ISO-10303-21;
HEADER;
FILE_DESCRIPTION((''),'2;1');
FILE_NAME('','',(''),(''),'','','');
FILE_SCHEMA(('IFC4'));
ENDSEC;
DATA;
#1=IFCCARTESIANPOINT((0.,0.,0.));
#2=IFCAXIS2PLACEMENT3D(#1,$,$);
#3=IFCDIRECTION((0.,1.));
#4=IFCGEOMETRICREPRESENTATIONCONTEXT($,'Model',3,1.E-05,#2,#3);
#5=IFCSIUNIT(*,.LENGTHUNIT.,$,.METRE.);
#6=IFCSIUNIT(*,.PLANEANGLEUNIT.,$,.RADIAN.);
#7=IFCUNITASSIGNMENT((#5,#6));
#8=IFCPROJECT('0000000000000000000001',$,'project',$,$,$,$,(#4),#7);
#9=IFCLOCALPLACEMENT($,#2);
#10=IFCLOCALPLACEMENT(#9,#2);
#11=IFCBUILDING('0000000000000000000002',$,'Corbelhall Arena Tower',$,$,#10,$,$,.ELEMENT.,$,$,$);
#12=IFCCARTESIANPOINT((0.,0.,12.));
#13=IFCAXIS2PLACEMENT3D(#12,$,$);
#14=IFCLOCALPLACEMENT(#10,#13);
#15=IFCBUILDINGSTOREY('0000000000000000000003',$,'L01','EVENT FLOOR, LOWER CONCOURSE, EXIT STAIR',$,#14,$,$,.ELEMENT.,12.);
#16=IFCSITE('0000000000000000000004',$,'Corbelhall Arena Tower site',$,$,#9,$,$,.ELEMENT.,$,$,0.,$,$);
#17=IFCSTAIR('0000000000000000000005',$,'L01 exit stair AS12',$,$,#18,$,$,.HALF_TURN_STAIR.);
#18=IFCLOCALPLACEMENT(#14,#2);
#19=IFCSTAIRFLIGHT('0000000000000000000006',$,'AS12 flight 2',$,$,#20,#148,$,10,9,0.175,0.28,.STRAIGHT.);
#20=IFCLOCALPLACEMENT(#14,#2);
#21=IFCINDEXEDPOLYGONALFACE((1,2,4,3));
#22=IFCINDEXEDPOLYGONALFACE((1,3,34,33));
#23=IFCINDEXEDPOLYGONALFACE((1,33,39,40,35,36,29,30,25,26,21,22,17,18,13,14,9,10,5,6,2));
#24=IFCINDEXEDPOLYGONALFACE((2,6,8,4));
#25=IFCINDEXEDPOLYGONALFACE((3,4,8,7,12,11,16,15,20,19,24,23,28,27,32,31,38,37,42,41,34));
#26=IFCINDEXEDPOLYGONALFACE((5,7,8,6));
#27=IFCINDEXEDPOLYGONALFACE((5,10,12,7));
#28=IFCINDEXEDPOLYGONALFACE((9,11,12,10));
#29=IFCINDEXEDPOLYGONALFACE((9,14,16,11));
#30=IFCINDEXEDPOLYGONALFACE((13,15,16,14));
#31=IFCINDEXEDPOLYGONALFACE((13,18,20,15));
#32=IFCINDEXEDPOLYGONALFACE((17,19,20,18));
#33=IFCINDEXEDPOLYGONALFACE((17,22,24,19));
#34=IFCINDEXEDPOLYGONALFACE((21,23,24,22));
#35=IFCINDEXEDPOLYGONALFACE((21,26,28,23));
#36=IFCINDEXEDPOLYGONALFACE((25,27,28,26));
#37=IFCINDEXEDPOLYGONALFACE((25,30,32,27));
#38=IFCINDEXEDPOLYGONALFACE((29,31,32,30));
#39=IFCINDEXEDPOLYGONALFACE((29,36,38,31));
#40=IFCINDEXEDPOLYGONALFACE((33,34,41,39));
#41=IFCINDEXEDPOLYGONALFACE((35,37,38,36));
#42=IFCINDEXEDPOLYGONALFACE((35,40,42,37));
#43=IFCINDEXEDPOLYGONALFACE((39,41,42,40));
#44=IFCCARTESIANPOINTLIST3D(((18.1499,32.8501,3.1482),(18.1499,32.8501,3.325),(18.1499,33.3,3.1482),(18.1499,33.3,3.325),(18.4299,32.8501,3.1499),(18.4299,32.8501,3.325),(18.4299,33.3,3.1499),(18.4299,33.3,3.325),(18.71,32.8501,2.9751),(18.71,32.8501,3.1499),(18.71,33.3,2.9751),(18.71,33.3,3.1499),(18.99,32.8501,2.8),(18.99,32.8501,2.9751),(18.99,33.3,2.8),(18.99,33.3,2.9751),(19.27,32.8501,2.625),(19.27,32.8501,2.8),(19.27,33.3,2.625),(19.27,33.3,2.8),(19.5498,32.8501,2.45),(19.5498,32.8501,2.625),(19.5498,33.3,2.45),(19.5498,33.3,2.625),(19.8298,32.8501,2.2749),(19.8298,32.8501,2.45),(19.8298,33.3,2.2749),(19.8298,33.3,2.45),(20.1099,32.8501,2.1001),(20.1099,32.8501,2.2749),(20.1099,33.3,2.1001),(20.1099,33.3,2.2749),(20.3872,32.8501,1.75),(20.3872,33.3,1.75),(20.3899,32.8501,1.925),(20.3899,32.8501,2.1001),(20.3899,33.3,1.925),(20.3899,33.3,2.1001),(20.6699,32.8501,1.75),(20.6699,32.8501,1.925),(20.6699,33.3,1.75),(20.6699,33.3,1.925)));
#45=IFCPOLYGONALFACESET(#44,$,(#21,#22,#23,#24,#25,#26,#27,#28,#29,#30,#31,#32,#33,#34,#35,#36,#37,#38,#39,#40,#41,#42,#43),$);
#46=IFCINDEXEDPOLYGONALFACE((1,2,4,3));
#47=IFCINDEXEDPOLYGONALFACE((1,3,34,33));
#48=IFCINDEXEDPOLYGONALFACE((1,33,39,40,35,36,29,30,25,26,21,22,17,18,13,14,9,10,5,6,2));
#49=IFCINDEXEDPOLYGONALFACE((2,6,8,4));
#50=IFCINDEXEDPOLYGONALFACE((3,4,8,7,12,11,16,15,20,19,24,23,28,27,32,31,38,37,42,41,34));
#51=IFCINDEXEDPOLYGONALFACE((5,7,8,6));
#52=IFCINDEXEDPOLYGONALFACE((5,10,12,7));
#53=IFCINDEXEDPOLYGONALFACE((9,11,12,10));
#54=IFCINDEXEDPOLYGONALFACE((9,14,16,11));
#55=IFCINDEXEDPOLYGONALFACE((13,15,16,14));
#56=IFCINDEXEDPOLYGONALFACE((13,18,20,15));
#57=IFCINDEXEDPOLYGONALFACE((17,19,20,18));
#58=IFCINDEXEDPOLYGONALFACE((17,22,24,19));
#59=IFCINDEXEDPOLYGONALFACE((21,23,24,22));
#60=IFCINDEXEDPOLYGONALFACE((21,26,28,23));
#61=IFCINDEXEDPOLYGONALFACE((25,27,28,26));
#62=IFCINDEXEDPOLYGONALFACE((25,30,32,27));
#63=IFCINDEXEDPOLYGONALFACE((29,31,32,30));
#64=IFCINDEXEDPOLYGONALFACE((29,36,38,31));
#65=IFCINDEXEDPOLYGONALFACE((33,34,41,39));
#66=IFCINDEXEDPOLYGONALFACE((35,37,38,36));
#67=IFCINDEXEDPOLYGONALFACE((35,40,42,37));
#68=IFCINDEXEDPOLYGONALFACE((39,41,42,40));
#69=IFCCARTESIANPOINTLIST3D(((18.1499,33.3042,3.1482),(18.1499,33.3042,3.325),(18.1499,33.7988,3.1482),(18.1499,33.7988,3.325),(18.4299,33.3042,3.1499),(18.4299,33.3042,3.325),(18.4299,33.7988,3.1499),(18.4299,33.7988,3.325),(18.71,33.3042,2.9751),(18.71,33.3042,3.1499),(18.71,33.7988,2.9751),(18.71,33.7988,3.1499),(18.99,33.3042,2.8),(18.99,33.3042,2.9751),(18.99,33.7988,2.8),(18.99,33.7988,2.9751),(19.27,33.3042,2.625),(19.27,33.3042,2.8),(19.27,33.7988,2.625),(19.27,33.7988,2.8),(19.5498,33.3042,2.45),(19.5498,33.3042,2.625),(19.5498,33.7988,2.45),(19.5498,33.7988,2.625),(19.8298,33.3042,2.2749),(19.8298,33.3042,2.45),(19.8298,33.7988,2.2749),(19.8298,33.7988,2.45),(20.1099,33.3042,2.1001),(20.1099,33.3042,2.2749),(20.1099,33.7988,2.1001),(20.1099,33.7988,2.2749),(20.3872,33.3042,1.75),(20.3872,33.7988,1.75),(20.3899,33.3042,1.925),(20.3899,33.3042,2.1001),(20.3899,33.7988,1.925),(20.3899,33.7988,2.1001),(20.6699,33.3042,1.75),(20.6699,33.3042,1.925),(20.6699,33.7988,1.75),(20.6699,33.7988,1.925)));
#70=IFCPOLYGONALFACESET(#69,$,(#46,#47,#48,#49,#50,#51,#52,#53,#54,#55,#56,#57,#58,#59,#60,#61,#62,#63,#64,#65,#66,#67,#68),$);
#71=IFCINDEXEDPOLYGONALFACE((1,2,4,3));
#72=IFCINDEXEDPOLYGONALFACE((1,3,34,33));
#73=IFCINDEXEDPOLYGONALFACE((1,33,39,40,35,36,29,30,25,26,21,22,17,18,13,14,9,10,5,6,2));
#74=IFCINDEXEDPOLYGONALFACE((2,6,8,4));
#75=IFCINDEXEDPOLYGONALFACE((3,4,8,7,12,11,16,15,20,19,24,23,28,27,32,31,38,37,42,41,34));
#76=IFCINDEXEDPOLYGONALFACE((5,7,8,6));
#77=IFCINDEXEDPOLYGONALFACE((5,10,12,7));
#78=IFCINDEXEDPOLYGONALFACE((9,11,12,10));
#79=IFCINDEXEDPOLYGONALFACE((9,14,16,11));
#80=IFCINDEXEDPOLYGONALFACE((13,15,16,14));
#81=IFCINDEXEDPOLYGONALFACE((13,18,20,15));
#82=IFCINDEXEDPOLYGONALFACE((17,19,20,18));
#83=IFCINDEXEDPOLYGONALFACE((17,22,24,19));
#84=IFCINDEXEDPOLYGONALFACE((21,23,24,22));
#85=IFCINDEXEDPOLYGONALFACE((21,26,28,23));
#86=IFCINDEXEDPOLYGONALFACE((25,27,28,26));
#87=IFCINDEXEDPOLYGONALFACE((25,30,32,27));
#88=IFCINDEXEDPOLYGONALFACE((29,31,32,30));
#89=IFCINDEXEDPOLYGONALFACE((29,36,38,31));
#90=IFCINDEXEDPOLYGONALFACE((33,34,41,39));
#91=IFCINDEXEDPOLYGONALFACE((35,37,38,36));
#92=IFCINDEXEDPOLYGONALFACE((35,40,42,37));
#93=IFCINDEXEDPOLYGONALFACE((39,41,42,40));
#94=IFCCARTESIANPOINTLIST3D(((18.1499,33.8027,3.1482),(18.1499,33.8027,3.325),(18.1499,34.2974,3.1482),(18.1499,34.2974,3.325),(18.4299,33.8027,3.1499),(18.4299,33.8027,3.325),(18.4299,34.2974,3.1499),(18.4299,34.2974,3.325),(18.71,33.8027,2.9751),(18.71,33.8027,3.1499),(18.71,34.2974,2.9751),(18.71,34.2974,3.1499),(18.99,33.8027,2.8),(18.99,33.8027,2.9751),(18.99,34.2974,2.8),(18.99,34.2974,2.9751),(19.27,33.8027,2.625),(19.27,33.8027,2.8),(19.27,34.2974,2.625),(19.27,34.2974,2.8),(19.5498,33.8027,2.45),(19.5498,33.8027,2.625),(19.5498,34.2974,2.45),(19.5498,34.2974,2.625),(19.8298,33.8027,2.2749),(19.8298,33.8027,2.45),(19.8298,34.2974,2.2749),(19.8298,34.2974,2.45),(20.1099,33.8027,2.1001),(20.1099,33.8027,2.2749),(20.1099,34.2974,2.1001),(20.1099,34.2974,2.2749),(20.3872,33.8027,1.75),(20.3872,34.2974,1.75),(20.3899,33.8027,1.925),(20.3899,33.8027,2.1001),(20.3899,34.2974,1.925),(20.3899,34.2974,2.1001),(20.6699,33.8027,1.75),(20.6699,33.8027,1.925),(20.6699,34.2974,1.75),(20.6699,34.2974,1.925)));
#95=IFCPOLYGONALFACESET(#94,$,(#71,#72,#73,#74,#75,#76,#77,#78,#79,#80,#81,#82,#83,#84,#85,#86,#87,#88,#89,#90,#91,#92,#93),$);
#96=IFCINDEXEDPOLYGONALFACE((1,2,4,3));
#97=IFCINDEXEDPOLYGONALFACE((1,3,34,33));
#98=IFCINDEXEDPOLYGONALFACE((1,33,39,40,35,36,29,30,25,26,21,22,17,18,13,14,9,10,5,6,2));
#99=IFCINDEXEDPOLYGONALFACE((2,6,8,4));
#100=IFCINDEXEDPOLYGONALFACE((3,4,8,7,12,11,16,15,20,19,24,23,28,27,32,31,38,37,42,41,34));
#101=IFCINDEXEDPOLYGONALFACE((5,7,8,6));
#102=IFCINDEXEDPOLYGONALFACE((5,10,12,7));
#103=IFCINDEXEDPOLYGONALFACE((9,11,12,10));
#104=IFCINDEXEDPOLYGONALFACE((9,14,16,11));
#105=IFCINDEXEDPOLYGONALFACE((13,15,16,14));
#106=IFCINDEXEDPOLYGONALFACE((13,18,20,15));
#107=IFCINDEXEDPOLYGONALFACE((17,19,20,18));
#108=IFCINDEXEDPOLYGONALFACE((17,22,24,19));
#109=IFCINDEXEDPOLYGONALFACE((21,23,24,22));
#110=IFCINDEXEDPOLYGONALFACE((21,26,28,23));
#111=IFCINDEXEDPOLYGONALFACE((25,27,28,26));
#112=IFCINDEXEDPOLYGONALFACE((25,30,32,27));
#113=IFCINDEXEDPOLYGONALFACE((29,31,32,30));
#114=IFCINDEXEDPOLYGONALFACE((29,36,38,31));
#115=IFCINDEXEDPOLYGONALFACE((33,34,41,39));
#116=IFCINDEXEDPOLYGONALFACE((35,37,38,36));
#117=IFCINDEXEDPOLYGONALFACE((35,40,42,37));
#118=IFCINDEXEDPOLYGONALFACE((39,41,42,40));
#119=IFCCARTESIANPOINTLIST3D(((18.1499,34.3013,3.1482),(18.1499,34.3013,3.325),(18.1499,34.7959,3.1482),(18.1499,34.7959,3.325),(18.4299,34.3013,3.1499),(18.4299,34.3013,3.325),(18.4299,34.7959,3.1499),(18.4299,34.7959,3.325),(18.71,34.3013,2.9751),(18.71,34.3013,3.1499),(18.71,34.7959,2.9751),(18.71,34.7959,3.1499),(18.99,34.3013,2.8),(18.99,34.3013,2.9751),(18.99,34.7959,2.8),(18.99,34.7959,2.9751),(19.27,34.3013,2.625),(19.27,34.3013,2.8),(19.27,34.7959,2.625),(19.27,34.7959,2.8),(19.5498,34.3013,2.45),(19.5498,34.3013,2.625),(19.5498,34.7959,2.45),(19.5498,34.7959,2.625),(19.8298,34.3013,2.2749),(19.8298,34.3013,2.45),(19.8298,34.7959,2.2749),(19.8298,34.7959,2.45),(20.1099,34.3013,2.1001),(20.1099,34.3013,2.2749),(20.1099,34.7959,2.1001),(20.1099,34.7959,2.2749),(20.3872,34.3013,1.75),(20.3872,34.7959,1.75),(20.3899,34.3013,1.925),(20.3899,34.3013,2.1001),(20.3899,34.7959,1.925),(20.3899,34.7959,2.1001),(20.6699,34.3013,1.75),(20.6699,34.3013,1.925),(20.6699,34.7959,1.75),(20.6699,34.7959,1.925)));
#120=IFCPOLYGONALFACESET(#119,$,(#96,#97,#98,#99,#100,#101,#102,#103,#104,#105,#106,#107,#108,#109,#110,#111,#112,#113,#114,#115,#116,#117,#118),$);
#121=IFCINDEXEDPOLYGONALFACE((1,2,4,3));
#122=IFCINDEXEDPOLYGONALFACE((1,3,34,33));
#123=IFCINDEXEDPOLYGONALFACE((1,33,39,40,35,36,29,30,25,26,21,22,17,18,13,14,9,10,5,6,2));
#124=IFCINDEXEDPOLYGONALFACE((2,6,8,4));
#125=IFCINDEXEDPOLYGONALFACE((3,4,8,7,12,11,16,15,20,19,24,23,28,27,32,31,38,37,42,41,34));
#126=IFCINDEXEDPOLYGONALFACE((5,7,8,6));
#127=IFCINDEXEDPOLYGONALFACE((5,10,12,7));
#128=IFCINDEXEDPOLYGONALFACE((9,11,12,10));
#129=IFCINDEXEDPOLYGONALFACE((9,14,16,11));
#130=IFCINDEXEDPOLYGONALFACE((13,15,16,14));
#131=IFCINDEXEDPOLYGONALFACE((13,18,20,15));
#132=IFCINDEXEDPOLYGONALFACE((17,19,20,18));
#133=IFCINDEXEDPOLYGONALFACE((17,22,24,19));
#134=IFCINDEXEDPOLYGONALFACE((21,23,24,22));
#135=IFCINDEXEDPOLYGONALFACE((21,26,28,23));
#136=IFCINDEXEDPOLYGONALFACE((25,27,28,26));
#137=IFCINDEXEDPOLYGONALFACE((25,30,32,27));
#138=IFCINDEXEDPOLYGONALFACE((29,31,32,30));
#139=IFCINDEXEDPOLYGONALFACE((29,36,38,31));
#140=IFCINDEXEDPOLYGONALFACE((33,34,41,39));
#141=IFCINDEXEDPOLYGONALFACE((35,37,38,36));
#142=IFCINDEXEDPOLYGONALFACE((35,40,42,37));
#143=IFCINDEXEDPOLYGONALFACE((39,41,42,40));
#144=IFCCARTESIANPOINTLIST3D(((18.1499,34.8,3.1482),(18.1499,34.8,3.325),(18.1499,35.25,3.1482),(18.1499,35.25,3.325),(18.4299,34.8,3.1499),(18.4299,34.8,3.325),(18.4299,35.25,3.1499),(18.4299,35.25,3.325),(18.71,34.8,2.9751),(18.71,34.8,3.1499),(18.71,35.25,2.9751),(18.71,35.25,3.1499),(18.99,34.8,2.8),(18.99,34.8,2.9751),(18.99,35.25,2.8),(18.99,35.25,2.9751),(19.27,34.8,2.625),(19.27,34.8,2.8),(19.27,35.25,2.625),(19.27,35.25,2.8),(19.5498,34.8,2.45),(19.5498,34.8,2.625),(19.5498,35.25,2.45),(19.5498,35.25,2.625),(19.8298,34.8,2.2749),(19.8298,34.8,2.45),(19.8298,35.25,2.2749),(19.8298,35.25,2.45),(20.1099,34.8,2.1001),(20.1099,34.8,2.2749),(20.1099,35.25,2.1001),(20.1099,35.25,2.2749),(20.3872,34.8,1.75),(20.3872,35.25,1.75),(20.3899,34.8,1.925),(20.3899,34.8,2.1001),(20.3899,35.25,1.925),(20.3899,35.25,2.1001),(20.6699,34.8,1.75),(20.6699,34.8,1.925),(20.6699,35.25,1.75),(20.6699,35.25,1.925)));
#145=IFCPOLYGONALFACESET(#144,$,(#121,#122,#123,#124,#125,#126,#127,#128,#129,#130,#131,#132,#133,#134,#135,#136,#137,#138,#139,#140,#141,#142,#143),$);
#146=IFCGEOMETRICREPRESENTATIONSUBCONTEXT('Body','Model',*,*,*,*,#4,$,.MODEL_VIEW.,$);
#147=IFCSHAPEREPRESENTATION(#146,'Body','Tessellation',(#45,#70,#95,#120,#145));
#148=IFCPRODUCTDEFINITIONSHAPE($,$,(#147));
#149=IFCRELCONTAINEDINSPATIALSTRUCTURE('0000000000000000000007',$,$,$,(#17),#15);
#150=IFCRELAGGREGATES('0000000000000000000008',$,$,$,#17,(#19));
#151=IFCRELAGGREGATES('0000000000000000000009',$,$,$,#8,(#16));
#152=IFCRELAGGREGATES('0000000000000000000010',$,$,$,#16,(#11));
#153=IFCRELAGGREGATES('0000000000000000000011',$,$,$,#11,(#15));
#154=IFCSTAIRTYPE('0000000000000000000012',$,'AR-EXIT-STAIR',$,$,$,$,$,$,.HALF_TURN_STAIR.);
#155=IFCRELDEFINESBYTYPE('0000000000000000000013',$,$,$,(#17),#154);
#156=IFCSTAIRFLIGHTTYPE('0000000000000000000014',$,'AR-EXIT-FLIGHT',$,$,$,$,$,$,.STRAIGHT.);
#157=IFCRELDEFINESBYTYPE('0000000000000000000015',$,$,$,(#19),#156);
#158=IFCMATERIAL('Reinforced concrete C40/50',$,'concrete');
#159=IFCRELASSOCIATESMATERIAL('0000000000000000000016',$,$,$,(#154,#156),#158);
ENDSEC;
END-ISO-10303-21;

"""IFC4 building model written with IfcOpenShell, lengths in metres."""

from ifc_helpers import new_model, si_unit, direction, frame, origin, place, context, subcontext, project, spatial, polyline, outline, extrude, material, type_object, element, aggregate, save


model = new_model("IFC4")

# Units and contexts
model_context = context("Model", 3, precision=1e-05, world=origin(), true_north=direction((0.0, 1.0)))
body_context = subcontext(model_context, "Body", "Model", "MODEL_VIEW")
ifc_project = project(units=[si_unit("LENGTHUNIT", "METRE"), si_unit("PLANEANGLEUNIT", "RADIAN")], contexts=[model_context])

# Site, building, storey
site_placement = place(None, origin())
site = spatial("IfcSite", under=ifc_project, at=site_placement, Name="Corbelhall Arena Tower site", CompositionType="ELEMENT", RefElevation=0.0)
building_placement = place(site_placement, origin())
building = spatial("IfcBuilding", under=site, at=building_placement, Name="Corbelhall Arena Tower", CompositionType="ELEMENT")
storey_placement = place(building_placement, frame((0.0, 0.0, 12.0)))
storey = spatial("IfcBuildingStorey", under=building, at=storey_placement, Name="L01", Description="EVENT FLOOR, LOWER CONCOURSE, EXIT STAIR", CompositionType="ELEMENT", Elevation=12.0)

# Stair, stair flight
ifc_material_1 = material(Name="Reinforced concrete C40/50", Category="concrete")
stair_type = type_object("IfcStairType", Name="AR-EXIT-STAIR", PredefinedType="HALF_TURN_STAIR", material=ifc_material_1)
stair_placement = place(storey_placement, origin())
stair = element("IfcStair", 1, at=stair_placement, inside=storey, type_object=stair_type, Name="L01 exit stair AS12", PredefinedType="HALF_TURN_STAIR")
stair_flight_type = type_object("IfcStairFlightType", Name="AR-EXIT-FLIGHT", PredefinedType="STRAIGHT", material=ifc_material_1)
stair_flight_1_placement = place(storey_placement, frame((20.6699, 34.05, 1.75), z_axis=(0.0, 0.0, 1.0), x_axis=(-1.0, 0.0, 0.0)))
stair_flight_1 = element("IfcStairFlight", 2, at=stair_flight_1_placement, type_object=stair_flight_type, Name="AS12 flight 2", NumberOfRisers=10, NumberOfTreads=9, PredefinedType="STRAIGHT", RiserHeight=0.175, TreadLength=0.28, context=body_context, shape_type="SweptSolid", body=[
    extrude(outline(polyline([(0.0, 0.0), (0.0, 0.175), (0.28, 0.175), (0.28, 0.3501), (0.5601, 0.3501), (0.5601, 0.5249), (0.8401, 0.5249), (0.8401, 0.7), (1.1201, 0.7), (1.1201, 0.875), (1.3999, 0.875), (1.3999, 1.05), (1.6799, 1.05), (1.6799, 1.2251), (1.96, 1.2251), (1.96, 1.3999), (2.24, 1.3999), (2.24, 1.575), (2.52, 1.575), (2.52, 1.75), (2.52, 1.3982), (0.2827, 0.0), (0.0, 0.0)])), frame((0.0, 1.2, 0.0), z_axis=(0.0, -1.0, 0.0), x_axis=(1.0, 0.0, 0.0)), (0.0, 0.0, 1.0), 0.45),
    extrude(outline(polyline([(0.0, 0.0), (0.0, 0.175), (0.28, 0.175), (0.28, 0.3501), (0.5601, 0.3501), (0.5601, 0.5249), (0.8401, 0.5249), (0.8401, 0.7), (1.1201, 0.7), (1.1201, 0.875), (1.3999, 0.875), (1.3999, 1.05), (1.6799, 1.05), (1.6799, 1.2251), (1.96, 1.2251), (1.96, 1.3999), (2.24, 1.3999), (2.24, 1.575), (2.52, 1.575), (2.52, 1.75), (2.52, 1.3982), (0.2827, 0.0), (0.0, 0.0)])), frame((0.0, 0.7458, 0.0), z_axis=(0.0, -1.0, 0.0), x_axis=(1.0, 0.0, 0.0)), (0.0, 0.0, 1.0), 0.4946),
    extrude(outline(polyline([(0.0, 0.0), (0.0, 0.175), (0.28, 0.175), (0.28, 0.3501), (0.5601, 0.3501), (0.5601, 0.5249), (0.8401, 0.5249), (0.8401, 0.7), (1.1201, 0.7), (1.1201, 0.875), (1.3999, 0.875), (1.3999, 1.05), (1.6799, 1.05), (1.6799, 1.2251), (1.96, 1.2251), (1.96, 1.3999), (2.24, 1.3999), (2.24, 1.575), (2.52, 1.575), (2.52, 1.75), (2.52, 1.3982), (0.2827, 0.0), (0.0, 0.0)])), frame((0.0, 0.2473, 0.0), z_axis=(0.0, -1.0, 0.0), x_axis=(1.0, 0.0, 0.0)), (0.0, 0.0, 1.0), 0.4946),
    extrude(outline(polyline([(0.0, 0.0), (0.0, 0.175), (0.28, 0.175), (0.28, 0.3501), (0.5601, 0.3501), (0.5601, 0.5249), (0.8401, 0.5249), (0.8401, 0.7), (1.1201, 0.7), (1.1201, 0.875), (1.3999, 0.875), (1.3999, 1.05), (1.6799, 1.05), (1.6799, 1.2251), (1.96, 1.2251), (1.96, 1.3999), (2.24, 1.3999), (2.24, 1.575), (2.52, 1.575), (2.52, 1.75), (2.52, 1.3982), (0.2827, 0.0), (0.0, 0.0)])), frame((0.0, -0.2512, 0.0), z_axis=(0.0, -1.0, 0.0), x_axis=(1.0, 0.0, 0.0)), (0.0, 0.0, 1.0), 0.4946),
    extrude(outline(polyline([(0.0, 0.0), (0.0, 0.175), (0.28, 0.175), (0.28, 0.3501), (0.5601, 0.3501), (0.5601, 0.5249), (0.8401, 0.5249), (0.8401, 0.7), (1.1201, 0.7), (1.1201, 0.875), (1.3999, 0.875), (1.3999, 1.05), (1.6799, 1.05), (1.6799, 1.2251), (1.96, 1.2251), (1.96, 1.3999), (2.24, 1.3999), (2.24, 1.575), (2.52, 1.575), (2.52, 1.75), (2.52, 1.3982), (0.2827, 0.0), (0.0, 0.0)])), frame((0.0, -0.75, 0.0), z_axis=(0.0, -1.0, 0.0), x_axis=(1.0, 0.0, 0.0)), (0.0, 0.0, 1.0), 0.45),
])
aggregate(stair, [stair_flight_1])

save(model, "model.ifc")
